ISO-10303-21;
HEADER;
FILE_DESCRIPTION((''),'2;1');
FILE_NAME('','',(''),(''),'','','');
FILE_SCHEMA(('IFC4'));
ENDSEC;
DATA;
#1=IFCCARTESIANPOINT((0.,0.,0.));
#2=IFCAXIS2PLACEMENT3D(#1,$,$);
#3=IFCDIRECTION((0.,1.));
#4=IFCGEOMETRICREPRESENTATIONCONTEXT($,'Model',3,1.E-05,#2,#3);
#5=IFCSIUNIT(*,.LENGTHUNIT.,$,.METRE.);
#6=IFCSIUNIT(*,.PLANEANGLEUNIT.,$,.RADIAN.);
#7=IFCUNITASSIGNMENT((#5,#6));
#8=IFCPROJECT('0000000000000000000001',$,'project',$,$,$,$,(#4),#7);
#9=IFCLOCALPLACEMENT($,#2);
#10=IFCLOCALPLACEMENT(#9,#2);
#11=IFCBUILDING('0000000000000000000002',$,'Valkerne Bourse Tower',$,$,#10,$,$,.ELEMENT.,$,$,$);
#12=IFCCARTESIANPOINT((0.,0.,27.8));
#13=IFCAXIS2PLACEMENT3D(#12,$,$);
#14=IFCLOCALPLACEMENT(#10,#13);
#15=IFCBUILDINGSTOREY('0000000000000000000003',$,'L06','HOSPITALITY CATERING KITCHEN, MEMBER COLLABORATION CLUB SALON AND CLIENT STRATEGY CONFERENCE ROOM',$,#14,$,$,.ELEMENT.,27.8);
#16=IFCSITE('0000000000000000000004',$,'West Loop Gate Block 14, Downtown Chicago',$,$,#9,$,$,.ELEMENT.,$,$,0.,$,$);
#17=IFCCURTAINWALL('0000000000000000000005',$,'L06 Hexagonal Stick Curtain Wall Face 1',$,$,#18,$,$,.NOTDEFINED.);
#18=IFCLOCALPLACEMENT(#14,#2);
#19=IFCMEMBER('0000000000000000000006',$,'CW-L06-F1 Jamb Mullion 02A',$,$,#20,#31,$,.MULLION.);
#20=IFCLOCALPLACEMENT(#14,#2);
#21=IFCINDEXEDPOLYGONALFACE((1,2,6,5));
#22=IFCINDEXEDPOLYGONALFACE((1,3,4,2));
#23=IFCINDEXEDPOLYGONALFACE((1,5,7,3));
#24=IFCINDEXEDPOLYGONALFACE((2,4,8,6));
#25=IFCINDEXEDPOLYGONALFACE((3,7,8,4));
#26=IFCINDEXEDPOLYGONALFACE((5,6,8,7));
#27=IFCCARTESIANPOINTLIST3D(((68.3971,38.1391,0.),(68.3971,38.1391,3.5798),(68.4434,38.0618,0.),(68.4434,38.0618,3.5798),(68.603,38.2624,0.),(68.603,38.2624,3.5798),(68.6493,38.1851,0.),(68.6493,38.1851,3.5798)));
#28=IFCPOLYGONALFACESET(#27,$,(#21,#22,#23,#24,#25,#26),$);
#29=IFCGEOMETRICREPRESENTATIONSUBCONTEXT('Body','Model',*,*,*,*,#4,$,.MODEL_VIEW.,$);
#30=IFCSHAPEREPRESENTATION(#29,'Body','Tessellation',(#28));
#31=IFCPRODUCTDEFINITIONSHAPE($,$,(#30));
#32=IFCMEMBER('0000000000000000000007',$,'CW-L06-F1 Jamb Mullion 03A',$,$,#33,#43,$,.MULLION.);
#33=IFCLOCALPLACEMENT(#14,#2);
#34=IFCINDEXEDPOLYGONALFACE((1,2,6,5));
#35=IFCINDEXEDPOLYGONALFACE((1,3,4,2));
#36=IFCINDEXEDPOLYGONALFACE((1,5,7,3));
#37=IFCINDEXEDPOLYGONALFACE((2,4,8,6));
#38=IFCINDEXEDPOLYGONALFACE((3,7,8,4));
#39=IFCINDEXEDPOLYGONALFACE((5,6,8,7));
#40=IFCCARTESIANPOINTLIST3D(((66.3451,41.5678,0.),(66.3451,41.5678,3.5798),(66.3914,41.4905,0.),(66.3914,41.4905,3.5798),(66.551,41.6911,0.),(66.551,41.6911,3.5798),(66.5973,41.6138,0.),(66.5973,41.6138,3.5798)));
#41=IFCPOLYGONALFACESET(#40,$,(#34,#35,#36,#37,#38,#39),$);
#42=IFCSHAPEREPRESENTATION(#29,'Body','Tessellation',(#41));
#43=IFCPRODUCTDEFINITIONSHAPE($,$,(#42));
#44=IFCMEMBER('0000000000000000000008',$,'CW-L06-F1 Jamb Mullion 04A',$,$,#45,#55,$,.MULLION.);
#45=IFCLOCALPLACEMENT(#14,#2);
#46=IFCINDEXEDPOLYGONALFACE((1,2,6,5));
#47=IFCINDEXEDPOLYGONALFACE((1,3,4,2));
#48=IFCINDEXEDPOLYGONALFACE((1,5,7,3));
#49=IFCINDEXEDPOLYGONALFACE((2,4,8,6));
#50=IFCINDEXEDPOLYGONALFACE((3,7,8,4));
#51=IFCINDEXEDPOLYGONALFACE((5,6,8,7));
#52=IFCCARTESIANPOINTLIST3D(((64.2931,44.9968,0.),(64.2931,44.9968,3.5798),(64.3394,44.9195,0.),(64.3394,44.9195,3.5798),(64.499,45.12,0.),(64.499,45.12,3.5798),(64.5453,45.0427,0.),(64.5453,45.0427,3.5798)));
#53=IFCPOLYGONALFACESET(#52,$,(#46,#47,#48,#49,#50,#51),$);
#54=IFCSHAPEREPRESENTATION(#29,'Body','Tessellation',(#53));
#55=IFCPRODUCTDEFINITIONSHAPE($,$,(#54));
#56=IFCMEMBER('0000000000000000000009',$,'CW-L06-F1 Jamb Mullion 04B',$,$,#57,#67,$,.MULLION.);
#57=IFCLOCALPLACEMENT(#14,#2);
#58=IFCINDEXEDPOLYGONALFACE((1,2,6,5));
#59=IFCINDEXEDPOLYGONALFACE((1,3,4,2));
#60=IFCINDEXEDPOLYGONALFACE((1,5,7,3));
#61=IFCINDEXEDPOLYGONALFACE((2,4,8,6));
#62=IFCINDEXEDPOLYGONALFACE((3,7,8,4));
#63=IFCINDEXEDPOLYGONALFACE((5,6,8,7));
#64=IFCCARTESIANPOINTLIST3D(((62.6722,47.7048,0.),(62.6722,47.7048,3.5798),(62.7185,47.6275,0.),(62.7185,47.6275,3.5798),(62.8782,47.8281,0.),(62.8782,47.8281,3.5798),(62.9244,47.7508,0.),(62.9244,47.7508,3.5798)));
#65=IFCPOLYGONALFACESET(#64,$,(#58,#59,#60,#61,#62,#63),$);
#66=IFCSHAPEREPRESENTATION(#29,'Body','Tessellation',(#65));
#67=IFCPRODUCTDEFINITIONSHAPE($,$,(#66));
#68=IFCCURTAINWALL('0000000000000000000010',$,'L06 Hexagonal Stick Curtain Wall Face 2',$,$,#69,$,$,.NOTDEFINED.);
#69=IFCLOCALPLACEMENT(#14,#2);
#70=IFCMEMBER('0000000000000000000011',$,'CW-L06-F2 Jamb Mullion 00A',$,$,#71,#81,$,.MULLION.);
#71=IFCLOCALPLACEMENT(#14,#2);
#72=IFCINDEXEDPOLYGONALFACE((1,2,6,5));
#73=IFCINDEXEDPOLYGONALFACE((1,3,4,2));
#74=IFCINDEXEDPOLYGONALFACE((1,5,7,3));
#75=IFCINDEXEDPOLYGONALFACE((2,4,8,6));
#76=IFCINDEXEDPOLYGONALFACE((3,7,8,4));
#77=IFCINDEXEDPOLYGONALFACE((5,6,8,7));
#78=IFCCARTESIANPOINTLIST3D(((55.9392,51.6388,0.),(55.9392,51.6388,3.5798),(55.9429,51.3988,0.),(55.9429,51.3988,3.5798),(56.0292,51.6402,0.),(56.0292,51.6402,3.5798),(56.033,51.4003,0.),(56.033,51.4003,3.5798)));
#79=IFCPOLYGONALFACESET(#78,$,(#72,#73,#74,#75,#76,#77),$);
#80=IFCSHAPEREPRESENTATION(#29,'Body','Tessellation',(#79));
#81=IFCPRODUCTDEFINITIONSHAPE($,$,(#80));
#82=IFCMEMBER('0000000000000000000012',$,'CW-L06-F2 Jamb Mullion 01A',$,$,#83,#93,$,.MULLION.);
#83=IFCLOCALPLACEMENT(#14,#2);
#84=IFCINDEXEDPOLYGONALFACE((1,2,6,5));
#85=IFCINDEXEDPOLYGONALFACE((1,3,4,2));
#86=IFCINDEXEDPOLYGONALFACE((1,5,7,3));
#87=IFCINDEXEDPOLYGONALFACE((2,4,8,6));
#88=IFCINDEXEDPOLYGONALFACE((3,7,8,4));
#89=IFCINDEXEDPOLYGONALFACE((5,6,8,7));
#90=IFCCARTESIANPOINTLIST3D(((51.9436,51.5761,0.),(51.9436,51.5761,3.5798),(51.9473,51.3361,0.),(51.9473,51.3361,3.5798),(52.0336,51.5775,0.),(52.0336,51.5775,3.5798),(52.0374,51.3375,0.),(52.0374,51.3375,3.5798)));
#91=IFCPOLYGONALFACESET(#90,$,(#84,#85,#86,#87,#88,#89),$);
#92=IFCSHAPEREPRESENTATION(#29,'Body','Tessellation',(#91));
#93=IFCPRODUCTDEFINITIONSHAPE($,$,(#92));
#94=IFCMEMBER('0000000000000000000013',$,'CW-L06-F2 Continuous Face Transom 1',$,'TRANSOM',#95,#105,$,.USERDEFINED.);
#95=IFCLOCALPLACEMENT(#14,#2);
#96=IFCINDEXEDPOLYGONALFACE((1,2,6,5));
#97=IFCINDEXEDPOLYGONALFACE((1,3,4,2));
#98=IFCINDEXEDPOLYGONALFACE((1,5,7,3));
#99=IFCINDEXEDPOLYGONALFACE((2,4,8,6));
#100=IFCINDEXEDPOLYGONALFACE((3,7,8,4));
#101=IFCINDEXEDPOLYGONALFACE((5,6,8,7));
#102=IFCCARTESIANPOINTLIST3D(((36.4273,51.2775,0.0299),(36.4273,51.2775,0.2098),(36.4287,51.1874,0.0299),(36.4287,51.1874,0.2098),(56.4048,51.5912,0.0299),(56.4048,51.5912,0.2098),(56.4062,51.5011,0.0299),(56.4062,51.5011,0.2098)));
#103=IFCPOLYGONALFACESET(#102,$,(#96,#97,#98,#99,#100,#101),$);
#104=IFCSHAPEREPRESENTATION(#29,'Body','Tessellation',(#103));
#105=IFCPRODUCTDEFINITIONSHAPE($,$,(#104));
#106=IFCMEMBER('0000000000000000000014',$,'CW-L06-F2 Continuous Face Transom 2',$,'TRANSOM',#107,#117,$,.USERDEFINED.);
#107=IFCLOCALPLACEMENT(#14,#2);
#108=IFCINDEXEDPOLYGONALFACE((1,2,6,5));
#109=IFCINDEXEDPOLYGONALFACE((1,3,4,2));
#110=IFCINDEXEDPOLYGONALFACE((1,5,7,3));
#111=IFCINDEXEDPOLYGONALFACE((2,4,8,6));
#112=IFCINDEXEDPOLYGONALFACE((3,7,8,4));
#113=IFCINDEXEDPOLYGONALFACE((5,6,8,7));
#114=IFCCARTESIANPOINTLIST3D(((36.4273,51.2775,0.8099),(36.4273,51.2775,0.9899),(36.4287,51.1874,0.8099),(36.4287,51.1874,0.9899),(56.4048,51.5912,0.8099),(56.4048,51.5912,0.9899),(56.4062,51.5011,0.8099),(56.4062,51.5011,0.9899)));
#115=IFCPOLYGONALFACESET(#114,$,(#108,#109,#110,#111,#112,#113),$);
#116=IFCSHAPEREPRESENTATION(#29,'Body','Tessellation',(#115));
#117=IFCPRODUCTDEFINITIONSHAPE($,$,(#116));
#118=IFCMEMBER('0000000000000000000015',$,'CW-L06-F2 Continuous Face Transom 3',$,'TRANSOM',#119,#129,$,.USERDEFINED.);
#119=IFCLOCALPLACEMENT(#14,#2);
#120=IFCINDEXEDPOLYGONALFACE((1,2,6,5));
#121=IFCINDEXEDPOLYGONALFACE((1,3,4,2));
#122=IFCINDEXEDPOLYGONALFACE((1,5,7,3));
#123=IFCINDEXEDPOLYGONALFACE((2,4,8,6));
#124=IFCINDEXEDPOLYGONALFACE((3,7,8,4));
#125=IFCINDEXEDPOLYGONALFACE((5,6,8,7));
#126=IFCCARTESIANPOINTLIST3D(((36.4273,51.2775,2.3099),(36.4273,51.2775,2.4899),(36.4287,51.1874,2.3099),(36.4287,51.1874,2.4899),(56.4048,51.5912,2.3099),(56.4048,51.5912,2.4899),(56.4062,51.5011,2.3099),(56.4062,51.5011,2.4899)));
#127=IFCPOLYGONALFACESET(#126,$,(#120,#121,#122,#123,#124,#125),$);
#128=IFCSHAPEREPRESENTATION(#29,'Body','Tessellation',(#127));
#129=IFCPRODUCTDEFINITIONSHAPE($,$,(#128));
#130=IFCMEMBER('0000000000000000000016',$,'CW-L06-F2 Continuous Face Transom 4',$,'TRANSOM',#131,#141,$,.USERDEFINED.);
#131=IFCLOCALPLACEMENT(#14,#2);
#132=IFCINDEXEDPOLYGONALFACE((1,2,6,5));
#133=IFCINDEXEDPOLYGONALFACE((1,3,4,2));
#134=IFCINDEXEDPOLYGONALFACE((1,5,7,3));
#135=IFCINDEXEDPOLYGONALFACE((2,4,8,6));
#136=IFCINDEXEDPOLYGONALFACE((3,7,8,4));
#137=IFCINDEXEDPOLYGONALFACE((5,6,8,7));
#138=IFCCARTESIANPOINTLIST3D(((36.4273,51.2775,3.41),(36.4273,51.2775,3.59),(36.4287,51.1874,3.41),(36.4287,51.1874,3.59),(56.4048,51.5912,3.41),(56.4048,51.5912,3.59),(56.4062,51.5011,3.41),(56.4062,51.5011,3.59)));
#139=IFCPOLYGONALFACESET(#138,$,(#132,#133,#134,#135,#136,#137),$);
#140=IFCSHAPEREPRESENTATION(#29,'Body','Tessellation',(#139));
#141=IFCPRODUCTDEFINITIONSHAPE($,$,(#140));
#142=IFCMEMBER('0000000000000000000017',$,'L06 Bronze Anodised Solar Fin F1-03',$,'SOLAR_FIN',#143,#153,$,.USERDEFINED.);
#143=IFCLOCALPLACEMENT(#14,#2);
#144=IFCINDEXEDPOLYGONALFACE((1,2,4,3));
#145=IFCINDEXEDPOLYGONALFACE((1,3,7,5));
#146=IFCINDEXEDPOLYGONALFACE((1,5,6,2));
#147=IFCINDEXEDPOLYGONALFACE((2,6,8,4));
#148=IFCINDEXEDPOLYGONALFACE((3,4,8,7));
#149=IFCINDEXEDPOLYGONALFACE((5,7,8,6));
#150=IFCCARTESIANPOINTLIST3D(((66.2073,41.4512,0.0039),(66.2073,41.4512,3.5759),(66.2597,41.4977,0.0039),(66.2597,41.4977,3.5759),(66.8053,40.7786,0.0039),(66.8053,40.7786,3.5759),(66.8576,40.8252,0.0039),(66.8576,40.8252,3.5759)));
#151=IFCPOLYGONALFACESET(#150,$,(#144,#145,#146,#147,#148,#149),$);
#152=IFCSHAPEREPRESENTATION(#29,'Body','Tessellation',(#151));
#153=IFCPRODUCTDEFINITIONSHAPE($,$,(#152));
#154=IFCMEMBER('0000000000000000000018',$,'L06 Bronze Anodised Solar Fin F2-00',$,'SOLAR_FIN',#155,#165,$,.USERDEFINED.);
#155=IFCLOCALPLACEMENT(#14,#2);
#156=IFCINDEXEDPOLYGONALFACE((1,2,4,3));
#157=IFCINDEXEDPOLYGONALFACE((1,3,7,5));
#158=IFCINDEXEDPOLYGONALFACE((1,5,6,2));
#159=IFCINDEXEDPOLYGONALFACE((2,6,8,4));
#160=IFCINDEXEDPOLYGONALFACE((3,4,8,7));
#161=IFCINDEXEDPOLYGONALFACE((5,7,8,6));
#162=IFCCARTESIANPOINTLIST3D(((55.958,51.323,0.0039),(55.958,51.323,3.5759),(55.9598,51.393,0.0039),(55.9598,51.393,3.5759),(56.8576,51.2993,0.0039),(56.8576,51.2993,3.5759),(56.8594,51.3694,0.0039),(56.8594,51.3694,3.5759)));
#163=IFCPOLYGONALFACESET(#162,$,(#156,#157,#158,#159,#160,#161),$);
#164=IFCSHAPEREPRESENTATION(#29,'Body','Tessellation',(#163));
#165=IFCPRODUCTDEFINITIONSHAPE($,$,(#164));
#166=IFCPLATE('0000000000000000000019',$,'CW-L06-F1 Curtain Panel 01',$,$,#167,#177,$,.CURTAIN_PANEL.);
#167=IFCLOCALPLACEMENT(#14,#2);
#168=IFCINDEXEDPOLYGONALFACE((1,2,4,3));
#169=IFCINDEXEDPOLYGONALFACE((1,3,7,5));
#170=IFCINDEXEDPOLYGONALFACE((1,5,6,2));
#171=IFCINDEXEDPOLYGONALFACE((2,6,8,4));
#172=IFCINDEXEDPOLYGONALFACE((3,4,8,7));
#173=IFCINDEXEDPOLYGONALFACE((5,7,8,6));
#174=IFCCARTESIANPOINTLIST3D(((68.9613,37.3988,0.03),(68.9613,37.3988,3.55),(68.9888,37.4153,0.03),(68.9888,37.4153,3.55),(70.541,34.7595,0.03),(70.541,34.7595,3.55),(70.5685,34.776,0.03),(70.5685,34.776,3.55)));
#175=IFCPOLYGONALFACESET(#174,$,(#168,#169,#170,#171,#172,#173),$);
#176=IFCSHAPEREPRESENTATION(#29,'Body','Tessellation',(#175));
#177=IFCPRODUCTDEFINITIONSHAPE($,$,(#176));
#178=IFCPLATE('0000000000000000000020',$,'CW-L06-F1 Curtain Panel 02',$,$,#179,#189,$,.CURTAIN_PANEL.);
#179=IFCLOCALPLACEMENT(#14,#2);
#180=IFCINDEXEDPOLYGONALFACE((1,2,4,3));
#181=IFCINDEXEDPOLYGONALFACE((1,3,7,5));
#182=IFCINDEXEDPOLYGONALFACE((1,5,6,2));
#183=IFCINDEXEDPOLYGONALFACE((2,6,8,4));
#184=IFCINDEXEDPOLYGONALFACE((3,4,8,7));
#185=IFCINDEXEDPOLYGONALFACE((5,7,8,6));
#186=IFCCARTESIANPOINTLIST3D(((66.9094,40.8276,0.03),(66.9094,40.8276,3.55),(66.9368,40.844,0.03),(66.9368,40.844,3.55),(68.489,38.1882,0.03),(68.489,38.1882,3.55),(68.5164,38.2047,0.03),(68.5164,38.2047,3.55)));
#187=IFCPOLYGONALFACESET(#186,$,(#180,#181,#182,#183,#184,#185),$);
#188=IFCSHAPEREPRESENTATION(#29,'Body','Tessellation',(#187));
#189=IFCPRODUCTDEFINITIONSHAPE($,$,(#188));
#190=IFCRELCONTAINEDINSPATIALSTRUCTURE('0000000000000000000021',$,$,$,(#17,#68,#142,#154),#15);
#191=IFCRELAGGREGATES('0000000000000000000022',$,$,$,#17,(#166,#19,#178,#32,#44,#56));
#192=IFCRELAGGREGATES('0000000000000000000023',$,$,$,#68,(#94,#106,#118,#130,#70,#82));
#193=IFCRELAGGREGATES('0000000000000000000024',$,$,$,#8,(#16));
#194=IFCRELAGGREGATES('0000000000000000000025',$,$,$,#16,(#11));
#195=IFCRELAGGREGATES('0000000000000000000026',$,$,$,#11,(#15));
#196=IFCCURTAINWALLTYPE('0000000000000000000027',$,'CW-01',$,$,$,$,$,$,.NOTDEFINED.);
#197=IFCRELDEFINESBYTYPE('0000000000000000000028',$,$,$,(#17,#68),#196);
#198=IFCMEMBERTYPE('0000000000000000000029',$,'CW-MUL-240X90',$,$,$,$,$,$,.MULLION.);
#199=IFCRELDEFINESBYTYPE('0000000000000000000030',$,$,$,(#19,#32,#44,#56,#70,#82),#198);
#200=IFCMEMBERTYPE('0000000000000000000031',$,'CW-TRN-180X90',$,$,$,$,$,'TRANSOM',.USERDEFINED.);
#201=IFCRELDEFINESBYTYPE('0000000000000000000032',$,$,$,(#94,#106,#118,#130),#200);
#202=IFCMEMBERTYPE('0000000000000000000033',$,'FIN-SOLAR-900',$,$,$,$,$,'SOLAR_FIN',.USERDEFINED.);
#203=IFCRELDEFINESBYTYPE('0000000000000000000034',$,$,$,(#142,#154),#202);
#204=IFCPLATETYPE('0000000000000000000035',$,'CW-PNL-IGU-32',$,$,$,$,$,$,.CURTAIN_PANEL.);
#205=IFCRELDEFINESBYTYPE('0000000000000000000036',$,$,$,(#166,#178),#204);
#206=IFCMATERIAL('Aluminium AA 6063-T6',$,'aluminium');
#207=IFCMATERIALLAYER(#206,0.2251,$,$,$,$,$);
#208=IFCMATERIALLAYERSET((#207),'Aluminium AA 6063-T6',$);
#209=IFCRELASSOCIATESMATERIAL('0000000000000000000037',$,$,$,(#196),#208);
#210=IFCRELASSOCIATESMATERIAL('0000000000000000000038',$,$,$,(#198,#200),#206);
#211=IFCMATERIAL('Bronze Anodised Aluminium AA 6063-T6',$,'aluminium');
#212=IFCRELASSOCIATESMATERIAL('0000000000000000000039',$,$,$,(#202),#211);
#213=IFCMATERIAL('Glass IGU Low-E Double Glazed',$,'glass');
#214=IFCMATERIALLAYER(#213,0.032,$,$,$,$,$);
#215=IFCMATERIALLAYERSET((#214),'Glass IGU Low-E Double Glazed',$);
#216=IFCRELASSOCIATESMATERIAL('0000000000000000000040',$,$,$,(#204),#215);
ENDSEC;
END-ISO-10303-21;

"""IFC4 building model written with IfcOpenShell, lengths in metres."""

from ifc_helpers import new_model, si_unit, direction, frame, origin, origin_2d, place, context, subcontext, project, spatial, rectangle, extrude, material, layer, layer_set, material_profile, profile_set, type_object, element, aggregate, save


model = new_model("IFC4")

# Units and contexts
model_context = context("Model", 3, precision=1e-05, world=origin(), true_north=direction((0.0, 1.0)))
body_context = subcontext(model_context, "Body", "Model", "MODEL_VIEW")
ifc_project = project(units=[si_unit("LENGTHUNIT", "METRE"), si_unit("PLANEANGLEUNIT", "RADIAN")], contexts=[model_context])

# Site, building, storey
site_placement = place(None, origin())
site = spatial("IfcSite", under=ifc_project, at=site_placement, Name="West Loop Gate Block 14, Downtown Chicago", CompositionType="ELEMENT", RefElevation=0.0)
building_placement = place(site_placement, origin())
building = spatial("IfcBuilding", under=site, at=building_placement, Name="Valkerne Bourse Tower", CompositionType="ELEMENT")
storey_placement = place(building_placement, frame((0.0, 0.0, 27.8)))
storey = spatial("IfcBuildingStorey", under=building, at=storey_placement, Name="L06", Description="HOSPITALITY CATERING KITCHEN, MEMBER COLLABORATION CLUB SALON AND CLIENT STRATEGY CONFERENCE ROOM", CompositionType="ELEMENT", Elevation=27.8)

# Curtain walls, members
ifc_material_1 = material(Name="Aluminium AA 6063-T6", Category="aluminium")
ifc_layer_1 = layer(ifc_material_1, 0.2251)
ifc_layer_set_1 = layer_set([ifc_layer_1], Name="Aluminium AA 6063-T6")
curtain_wall_type = type_object("IfcCurtainWallType", Name="CW-01", PredefinedType="NOTDEFINED", material=ifc_layer_set_1)
curtain_wall_1_placement = place(storey_placement, origin())
curtain_wall_1 = element("IfcCurtainWall", 1, at=curtain_wall_1_placement, inside=storey, type_object=curtain_wall_type, Name="L06 Hexagonal Stick Curtain Wall Face 1", PredefinedType="NOTDEFINED")
ifc_material_profile_1 = material_profile(ifc_material_1, rectangle(XDim=0.0901, YDim=0.24, at=origin_2d()), Name="CWM-90X240")
ifc_profile_set_1 = profile_set([ifc_material_profile_1], Name="Aluminium AA 6063-T6")
member_type_1 = type_object("IfcMemberType", Name="CW-MUL-240X90", PredefinedType="MULLION", material=ifc_profile_set_1)
member_1_placement = place(storey_placement, frame((68.5232, 38.1621, 0.0), z_axis=(0.0, 0.0, 1.0), x_axis=(-0.513542, 0.858064, 0.0)))
member_1 = element("IfcMember", 2, at=member_1_placement, type_object=member_type_1, Name="CW-L06-F1 Jamb Mullion 02A", PredefinedType="MULLION", context=body_context, shape_type="SweptSolid", body=[
    extrude(rectangle(XDim=0.0901, YDim=0.24, at=origin_2d()), origin(), (0.0, 0.0, 1.0), 3.5798),
])
member_2_placement = place(storey_placement, frame((66.4712, 41.5908, 0.0), z_axis=(0.0, 0.0, 1.0), x_axis=(-0.513531, 0.858071, 0.0)))
member_2 = element("IfcMember", 3, at=member_2_placement, type_object=member_type_1, Name="CW-L06-F1 Jamb Mullion 03A", PredefinedType="MULLION", context=body_context, shape_type="SweptSolid", body=[
    extrude(rectangle(XDim=0.0901, YDim=0.24, at=origin_2d()), origin(), (0.0, 0.0, 1.0), 3.5798),
])
member_3_placement = place(storey_placement, frame((64.4192, 45.0198, 0.0), z_axis=(0.0, 0.0, 1.0), x_axis=(-0.513542, 0.858064, 0.0)))
member_3 = element("IfcMember", 4, at=member_3_placement, type_object=member_type_1, Name="CW-L06-F1 Jamb Mullion 04A", PredefinedType="MULLION", context=body_context, shape_type="SweptSolid", body=[
    extrude(rectangle(XDim=0.0901, YDim=0.24, at=origin_2d()), origin(), (0.0, 0.0, 1.0), 3.5798),
])
member_4_placement = place(storey_placement, frame((62.7983, 47.7278, 0.0), z_axis=(0.0, 0.0, 1.0), x_axis=(-0.513542, 0.858064, 0.0)))
member_4 = element("IfcMember", 5, at=member_4_placement, type_object=member_type_1, Name="CW-L06-F1 Jamb Mullion 04B", PredefinedType="MULLION", context=body_context, shape_type="SweptSolid", body=[
    extrude(rectangle(XDim=0.0901, YDim=0.24, at=origin_2d()), origin(), (0.0, 0.0, 1.0), 3.5798),
])
curtain_wall_2_placement = place(storey_placement, origin())
curtain_wall_2 = element("IfcCurtainWall", 6, at=curtain_wall_2_placement, inside=storey, type_object=curtain_wall_type, Name="L06 Hexagonal Stick Curtain Wall Face 2", PredefinedType="NOTDEFINED")
member_5_placement = place(storey_placement, frame((55.9861, 51.5195, 0.0), z_axis=(0.0, 0.0, 1.0), x_axis=(-0.999877, -0.015716, 0.0)))
member_5 = element("IfcMember", 7, at=member_5_placement, type_object=member_type_1, Name="CW-L06-F2 Jamb Mullion 00A", PredefinedType="MULLION", context=body_context, shape_type="SweptSolid", body=[
    extrude(rectangle(XDim=0.0901, YDim=0.24, at=origin_2d()), origin(), (0.0, 0.0, 1.0), 3.5798),
])
member_6_placement = place(storey_placement, frame((51.9905, 51.4568, 0.0), z_axis=(0.0, 0.0, 1.0), x_axis=(-0.999877, -0.015716, 0.0)))
member_6 = element("IfcMember", 8, at=member_6_placement, type_object=member_type_1, Name="CW-L06-F2 Jamb Mullion 01A", PredefinedType="MULLION", context=body_context, shape_type="SweptSolid", body=[
    extrude(rectangle(XDim=0.0901, YDim=0.24, at=origin_2d()), origin(), (0.0, 0.0, 1.0), 3.5798),
])
ifc_material_profile_2 = material_profile(ifc_material_1, rectangle(XDim=0.0901, YDim=0.1799, at=origin_2d()), Name="CWT-90X180")
ifc_profile_set_2 = profile_set([ifc_material_profile_2], Name="Aluminium AA 6063-T6")
member_type_2 = type_object("IfcMemberType", Name="CW-TRN-180X90", ElementType="TRANSOM", PredefinedType="USERDEFINED", material=ifc_profile_set_2)
member_7_placement = place(storey_placement, frame((56.4055, 51.5461, 0.1199), z_axis=(-0.999877, -0.015702, 0.0), x_axis=(0.015702, -0.999877, 0.0)))
member_7 = element("IfcMember", 9, at=member_7_placement, type_object=member_type_2, Name="CW-L06-F2 Continuous Face Transom 1", ObjectType="TRANSOM", PredefinedType="USERDEFINED", context=body_context, shape_type="SweptSolid", body=[
    extrude(rectangle(XDim=0.0901, YDim=0.1799, at=origin_2d()), origin(), (0.0, 0.0, 1.0), 19.98),
])
member_8_placement = place(storey_placement, frame((56.4055, 51.5461, 0.8999), z_axis=(-0.999877, -0.015702, 0.0), x_axis=(0.015702, -0.999877, 0.0)))
member_8 = element("IfcMember", 10, at=member_8_placement, type_object=member_type_2, Name="CW-L06-F2 Continuous Face Transom 2", ObjectType="TRANSOM", PredefinedType="USERDEFINED", context=body_context, shape_type="SweptSolid", body=[
    extrude(rectangle(XDim=0.0901, YDim=0.1799, at=origin_2d()), origin(), (0.0, 0.0, 1.0), 19.98),
])
member_9_placement = place(storey_placement, frame((56.4055, 51.5461, 2.3999), z_axis=(-0.999877, -0.015702, 0.0), x_axis=(0.015702, -0.999877, 0.0)))
member_9 = element("IfcMember", 11, at=member_9_placement, type_object=member_type_2, Name="CW-L06-F2 Continuous Face Transom 3", ObjectType="TRANSOM", PredefinedType="USERDEFINED", context=body_context, shape_type="SweptSolid", body=[
    extrude(rectangle(XDim=0.0901, YDim=0.1799, at=origin_2d()), origin(), (0.0, 0.0, 1.0), 19.98),
])
member_10_placement = place(storey_placement, frame((56.4055, 51.5461, 3.5), z_axis=(-0.999877, -0.015702, 0.0), x_axis=(0.015702, -0.999877, 0.0)))
member_10 = element("IfcMember", 12, at=member_10_placement, type_object=member_type_2, Name="CW-L06-F2 Continuous Face Transom 4", ObjectType="TRANSOM", PredefinedType="USERDEFINED", context=body_context, shape_type="SweptSolid", body=[
    extrude(rectangle(XDim=0.0901, YDim=0.1799, at=origin_2d()), origin(), (0.0, 0.0, 1.0), 19.98),
])

# Members
ifc_material_2 = material(Name="Bronze Anodised Aluminium AA 6063-T6", Category="aluminium")
ifc_material_profile_3 = material_profile(ifc_material_2, rectangle(XDim=0.0701, YDim=0.8999, at=origin_2d()), Name="FIN-70X900")
ifc_profile_set_3 = profile_set([ifc_material_profile_3], Name="Bronze Anodised Aluminium AA 6063-T6")
member_type_3 = type_object("IfcMemberType", Name="FIN-SOLAR-900", ElementType="SOLAR_FIN", PredefinedType="USERDEFINED", material=ifc_profile_set_3)
for number, where, z_axis, x_axis, name in (
    (13, (66.5325, 41.1382, 0.0039), (0.0, 0.0, 1.0), (0.747337, 0.664445, 0.0), "L06 Bronze Anodised Solar Fin F1-03"),
    (14, (56.4087, 51.3462, 0.0039), (0.0, 0.0, 1.0), (0.026293, 0.999654, 0.0), "L06 Bronze Anodised Solar Fin F2-00"),
):
    element("IfcMember", number, at=place(storey_placement, frame(where, z_axis=z_axis, x_axis=x_axis)), inside=storey, type_object=member_type_3, Name=name, ObjectType="SOLAR_FIN", PredefinedType="USERDEFINED", context=body_context, shape_type="SweptSolid", body=[
        extrude(rectangle(XDim=0.0701, YDim=0.8999, at=origin_2d()), origin(), (0.0, 0.0, 1.0), 3.572),
    ])

# Plates
ifc_material_3 = material(Name="Glass IGU Low-E Double Glazed", Category="glass")
ifc_layer_2 = layer(ifc_material_3, 0.032)
ifc_layer_set_2 = layer_set([ifc_layer_2], Name="Glass IGU Low-E Double Glazed")
plate_type = type_object("IfcPlateType", Name="CW-PNL-IGU-32", PredefinedType="CURTAIN_PANEL", material=ifc_layer_set_2)
plate_1_placement = place(storey_placement, frame((69.7649, 36.0874, 0.03), z_axis=(0.0, 0.0, 1.0), x_axis=(-0.513561, 0.858053, 0.0)))
plate_1 = element("IfcPlate", 15, at=plate_1_placement, type_object=plate_type, Name="CW-L06-F1 Curtain Panel 01", PredefinedType="CURTAIN_PANEL", context=body_context, shape_type="SweptSolid", body=[
    extrude(rectangle(XDim=3.0759, YDim=0.032, at=origin_2d()), origin(), (0.0, 0.0, 1.0), 3.52),
])
plate_2_placement = place(storey_placement, frame((67.7129, 39.5161, 0.03), z_axis=(0.0, 0.0, 1.0), x_axis=(-0.513542, 0.858064, 0.0)))
plate_2 = element("IfcPlate", 16, at=plate_2_placement, type_object=plate_type, Name="CW-L06-F1 Curtain Panel 02", PredefinedType="CURTAIN_PANEL", context=body_context, shape_type="SweptSolid", body=[
    extrude(rectangle(XDim=3.0759, YDim=0.032, at=origin_2d()), origin(), (0.0, 0.0, 1.0), 3.52),
])
aggregate(curtain_wall_1, [plate_1, member_1, plate_2, member_2, member_3, member_4])
aggregate(curtain_wall_2, [member_7, member_8, member_9, member_10, member_5, member_6])

save(model, "model.ifc")
